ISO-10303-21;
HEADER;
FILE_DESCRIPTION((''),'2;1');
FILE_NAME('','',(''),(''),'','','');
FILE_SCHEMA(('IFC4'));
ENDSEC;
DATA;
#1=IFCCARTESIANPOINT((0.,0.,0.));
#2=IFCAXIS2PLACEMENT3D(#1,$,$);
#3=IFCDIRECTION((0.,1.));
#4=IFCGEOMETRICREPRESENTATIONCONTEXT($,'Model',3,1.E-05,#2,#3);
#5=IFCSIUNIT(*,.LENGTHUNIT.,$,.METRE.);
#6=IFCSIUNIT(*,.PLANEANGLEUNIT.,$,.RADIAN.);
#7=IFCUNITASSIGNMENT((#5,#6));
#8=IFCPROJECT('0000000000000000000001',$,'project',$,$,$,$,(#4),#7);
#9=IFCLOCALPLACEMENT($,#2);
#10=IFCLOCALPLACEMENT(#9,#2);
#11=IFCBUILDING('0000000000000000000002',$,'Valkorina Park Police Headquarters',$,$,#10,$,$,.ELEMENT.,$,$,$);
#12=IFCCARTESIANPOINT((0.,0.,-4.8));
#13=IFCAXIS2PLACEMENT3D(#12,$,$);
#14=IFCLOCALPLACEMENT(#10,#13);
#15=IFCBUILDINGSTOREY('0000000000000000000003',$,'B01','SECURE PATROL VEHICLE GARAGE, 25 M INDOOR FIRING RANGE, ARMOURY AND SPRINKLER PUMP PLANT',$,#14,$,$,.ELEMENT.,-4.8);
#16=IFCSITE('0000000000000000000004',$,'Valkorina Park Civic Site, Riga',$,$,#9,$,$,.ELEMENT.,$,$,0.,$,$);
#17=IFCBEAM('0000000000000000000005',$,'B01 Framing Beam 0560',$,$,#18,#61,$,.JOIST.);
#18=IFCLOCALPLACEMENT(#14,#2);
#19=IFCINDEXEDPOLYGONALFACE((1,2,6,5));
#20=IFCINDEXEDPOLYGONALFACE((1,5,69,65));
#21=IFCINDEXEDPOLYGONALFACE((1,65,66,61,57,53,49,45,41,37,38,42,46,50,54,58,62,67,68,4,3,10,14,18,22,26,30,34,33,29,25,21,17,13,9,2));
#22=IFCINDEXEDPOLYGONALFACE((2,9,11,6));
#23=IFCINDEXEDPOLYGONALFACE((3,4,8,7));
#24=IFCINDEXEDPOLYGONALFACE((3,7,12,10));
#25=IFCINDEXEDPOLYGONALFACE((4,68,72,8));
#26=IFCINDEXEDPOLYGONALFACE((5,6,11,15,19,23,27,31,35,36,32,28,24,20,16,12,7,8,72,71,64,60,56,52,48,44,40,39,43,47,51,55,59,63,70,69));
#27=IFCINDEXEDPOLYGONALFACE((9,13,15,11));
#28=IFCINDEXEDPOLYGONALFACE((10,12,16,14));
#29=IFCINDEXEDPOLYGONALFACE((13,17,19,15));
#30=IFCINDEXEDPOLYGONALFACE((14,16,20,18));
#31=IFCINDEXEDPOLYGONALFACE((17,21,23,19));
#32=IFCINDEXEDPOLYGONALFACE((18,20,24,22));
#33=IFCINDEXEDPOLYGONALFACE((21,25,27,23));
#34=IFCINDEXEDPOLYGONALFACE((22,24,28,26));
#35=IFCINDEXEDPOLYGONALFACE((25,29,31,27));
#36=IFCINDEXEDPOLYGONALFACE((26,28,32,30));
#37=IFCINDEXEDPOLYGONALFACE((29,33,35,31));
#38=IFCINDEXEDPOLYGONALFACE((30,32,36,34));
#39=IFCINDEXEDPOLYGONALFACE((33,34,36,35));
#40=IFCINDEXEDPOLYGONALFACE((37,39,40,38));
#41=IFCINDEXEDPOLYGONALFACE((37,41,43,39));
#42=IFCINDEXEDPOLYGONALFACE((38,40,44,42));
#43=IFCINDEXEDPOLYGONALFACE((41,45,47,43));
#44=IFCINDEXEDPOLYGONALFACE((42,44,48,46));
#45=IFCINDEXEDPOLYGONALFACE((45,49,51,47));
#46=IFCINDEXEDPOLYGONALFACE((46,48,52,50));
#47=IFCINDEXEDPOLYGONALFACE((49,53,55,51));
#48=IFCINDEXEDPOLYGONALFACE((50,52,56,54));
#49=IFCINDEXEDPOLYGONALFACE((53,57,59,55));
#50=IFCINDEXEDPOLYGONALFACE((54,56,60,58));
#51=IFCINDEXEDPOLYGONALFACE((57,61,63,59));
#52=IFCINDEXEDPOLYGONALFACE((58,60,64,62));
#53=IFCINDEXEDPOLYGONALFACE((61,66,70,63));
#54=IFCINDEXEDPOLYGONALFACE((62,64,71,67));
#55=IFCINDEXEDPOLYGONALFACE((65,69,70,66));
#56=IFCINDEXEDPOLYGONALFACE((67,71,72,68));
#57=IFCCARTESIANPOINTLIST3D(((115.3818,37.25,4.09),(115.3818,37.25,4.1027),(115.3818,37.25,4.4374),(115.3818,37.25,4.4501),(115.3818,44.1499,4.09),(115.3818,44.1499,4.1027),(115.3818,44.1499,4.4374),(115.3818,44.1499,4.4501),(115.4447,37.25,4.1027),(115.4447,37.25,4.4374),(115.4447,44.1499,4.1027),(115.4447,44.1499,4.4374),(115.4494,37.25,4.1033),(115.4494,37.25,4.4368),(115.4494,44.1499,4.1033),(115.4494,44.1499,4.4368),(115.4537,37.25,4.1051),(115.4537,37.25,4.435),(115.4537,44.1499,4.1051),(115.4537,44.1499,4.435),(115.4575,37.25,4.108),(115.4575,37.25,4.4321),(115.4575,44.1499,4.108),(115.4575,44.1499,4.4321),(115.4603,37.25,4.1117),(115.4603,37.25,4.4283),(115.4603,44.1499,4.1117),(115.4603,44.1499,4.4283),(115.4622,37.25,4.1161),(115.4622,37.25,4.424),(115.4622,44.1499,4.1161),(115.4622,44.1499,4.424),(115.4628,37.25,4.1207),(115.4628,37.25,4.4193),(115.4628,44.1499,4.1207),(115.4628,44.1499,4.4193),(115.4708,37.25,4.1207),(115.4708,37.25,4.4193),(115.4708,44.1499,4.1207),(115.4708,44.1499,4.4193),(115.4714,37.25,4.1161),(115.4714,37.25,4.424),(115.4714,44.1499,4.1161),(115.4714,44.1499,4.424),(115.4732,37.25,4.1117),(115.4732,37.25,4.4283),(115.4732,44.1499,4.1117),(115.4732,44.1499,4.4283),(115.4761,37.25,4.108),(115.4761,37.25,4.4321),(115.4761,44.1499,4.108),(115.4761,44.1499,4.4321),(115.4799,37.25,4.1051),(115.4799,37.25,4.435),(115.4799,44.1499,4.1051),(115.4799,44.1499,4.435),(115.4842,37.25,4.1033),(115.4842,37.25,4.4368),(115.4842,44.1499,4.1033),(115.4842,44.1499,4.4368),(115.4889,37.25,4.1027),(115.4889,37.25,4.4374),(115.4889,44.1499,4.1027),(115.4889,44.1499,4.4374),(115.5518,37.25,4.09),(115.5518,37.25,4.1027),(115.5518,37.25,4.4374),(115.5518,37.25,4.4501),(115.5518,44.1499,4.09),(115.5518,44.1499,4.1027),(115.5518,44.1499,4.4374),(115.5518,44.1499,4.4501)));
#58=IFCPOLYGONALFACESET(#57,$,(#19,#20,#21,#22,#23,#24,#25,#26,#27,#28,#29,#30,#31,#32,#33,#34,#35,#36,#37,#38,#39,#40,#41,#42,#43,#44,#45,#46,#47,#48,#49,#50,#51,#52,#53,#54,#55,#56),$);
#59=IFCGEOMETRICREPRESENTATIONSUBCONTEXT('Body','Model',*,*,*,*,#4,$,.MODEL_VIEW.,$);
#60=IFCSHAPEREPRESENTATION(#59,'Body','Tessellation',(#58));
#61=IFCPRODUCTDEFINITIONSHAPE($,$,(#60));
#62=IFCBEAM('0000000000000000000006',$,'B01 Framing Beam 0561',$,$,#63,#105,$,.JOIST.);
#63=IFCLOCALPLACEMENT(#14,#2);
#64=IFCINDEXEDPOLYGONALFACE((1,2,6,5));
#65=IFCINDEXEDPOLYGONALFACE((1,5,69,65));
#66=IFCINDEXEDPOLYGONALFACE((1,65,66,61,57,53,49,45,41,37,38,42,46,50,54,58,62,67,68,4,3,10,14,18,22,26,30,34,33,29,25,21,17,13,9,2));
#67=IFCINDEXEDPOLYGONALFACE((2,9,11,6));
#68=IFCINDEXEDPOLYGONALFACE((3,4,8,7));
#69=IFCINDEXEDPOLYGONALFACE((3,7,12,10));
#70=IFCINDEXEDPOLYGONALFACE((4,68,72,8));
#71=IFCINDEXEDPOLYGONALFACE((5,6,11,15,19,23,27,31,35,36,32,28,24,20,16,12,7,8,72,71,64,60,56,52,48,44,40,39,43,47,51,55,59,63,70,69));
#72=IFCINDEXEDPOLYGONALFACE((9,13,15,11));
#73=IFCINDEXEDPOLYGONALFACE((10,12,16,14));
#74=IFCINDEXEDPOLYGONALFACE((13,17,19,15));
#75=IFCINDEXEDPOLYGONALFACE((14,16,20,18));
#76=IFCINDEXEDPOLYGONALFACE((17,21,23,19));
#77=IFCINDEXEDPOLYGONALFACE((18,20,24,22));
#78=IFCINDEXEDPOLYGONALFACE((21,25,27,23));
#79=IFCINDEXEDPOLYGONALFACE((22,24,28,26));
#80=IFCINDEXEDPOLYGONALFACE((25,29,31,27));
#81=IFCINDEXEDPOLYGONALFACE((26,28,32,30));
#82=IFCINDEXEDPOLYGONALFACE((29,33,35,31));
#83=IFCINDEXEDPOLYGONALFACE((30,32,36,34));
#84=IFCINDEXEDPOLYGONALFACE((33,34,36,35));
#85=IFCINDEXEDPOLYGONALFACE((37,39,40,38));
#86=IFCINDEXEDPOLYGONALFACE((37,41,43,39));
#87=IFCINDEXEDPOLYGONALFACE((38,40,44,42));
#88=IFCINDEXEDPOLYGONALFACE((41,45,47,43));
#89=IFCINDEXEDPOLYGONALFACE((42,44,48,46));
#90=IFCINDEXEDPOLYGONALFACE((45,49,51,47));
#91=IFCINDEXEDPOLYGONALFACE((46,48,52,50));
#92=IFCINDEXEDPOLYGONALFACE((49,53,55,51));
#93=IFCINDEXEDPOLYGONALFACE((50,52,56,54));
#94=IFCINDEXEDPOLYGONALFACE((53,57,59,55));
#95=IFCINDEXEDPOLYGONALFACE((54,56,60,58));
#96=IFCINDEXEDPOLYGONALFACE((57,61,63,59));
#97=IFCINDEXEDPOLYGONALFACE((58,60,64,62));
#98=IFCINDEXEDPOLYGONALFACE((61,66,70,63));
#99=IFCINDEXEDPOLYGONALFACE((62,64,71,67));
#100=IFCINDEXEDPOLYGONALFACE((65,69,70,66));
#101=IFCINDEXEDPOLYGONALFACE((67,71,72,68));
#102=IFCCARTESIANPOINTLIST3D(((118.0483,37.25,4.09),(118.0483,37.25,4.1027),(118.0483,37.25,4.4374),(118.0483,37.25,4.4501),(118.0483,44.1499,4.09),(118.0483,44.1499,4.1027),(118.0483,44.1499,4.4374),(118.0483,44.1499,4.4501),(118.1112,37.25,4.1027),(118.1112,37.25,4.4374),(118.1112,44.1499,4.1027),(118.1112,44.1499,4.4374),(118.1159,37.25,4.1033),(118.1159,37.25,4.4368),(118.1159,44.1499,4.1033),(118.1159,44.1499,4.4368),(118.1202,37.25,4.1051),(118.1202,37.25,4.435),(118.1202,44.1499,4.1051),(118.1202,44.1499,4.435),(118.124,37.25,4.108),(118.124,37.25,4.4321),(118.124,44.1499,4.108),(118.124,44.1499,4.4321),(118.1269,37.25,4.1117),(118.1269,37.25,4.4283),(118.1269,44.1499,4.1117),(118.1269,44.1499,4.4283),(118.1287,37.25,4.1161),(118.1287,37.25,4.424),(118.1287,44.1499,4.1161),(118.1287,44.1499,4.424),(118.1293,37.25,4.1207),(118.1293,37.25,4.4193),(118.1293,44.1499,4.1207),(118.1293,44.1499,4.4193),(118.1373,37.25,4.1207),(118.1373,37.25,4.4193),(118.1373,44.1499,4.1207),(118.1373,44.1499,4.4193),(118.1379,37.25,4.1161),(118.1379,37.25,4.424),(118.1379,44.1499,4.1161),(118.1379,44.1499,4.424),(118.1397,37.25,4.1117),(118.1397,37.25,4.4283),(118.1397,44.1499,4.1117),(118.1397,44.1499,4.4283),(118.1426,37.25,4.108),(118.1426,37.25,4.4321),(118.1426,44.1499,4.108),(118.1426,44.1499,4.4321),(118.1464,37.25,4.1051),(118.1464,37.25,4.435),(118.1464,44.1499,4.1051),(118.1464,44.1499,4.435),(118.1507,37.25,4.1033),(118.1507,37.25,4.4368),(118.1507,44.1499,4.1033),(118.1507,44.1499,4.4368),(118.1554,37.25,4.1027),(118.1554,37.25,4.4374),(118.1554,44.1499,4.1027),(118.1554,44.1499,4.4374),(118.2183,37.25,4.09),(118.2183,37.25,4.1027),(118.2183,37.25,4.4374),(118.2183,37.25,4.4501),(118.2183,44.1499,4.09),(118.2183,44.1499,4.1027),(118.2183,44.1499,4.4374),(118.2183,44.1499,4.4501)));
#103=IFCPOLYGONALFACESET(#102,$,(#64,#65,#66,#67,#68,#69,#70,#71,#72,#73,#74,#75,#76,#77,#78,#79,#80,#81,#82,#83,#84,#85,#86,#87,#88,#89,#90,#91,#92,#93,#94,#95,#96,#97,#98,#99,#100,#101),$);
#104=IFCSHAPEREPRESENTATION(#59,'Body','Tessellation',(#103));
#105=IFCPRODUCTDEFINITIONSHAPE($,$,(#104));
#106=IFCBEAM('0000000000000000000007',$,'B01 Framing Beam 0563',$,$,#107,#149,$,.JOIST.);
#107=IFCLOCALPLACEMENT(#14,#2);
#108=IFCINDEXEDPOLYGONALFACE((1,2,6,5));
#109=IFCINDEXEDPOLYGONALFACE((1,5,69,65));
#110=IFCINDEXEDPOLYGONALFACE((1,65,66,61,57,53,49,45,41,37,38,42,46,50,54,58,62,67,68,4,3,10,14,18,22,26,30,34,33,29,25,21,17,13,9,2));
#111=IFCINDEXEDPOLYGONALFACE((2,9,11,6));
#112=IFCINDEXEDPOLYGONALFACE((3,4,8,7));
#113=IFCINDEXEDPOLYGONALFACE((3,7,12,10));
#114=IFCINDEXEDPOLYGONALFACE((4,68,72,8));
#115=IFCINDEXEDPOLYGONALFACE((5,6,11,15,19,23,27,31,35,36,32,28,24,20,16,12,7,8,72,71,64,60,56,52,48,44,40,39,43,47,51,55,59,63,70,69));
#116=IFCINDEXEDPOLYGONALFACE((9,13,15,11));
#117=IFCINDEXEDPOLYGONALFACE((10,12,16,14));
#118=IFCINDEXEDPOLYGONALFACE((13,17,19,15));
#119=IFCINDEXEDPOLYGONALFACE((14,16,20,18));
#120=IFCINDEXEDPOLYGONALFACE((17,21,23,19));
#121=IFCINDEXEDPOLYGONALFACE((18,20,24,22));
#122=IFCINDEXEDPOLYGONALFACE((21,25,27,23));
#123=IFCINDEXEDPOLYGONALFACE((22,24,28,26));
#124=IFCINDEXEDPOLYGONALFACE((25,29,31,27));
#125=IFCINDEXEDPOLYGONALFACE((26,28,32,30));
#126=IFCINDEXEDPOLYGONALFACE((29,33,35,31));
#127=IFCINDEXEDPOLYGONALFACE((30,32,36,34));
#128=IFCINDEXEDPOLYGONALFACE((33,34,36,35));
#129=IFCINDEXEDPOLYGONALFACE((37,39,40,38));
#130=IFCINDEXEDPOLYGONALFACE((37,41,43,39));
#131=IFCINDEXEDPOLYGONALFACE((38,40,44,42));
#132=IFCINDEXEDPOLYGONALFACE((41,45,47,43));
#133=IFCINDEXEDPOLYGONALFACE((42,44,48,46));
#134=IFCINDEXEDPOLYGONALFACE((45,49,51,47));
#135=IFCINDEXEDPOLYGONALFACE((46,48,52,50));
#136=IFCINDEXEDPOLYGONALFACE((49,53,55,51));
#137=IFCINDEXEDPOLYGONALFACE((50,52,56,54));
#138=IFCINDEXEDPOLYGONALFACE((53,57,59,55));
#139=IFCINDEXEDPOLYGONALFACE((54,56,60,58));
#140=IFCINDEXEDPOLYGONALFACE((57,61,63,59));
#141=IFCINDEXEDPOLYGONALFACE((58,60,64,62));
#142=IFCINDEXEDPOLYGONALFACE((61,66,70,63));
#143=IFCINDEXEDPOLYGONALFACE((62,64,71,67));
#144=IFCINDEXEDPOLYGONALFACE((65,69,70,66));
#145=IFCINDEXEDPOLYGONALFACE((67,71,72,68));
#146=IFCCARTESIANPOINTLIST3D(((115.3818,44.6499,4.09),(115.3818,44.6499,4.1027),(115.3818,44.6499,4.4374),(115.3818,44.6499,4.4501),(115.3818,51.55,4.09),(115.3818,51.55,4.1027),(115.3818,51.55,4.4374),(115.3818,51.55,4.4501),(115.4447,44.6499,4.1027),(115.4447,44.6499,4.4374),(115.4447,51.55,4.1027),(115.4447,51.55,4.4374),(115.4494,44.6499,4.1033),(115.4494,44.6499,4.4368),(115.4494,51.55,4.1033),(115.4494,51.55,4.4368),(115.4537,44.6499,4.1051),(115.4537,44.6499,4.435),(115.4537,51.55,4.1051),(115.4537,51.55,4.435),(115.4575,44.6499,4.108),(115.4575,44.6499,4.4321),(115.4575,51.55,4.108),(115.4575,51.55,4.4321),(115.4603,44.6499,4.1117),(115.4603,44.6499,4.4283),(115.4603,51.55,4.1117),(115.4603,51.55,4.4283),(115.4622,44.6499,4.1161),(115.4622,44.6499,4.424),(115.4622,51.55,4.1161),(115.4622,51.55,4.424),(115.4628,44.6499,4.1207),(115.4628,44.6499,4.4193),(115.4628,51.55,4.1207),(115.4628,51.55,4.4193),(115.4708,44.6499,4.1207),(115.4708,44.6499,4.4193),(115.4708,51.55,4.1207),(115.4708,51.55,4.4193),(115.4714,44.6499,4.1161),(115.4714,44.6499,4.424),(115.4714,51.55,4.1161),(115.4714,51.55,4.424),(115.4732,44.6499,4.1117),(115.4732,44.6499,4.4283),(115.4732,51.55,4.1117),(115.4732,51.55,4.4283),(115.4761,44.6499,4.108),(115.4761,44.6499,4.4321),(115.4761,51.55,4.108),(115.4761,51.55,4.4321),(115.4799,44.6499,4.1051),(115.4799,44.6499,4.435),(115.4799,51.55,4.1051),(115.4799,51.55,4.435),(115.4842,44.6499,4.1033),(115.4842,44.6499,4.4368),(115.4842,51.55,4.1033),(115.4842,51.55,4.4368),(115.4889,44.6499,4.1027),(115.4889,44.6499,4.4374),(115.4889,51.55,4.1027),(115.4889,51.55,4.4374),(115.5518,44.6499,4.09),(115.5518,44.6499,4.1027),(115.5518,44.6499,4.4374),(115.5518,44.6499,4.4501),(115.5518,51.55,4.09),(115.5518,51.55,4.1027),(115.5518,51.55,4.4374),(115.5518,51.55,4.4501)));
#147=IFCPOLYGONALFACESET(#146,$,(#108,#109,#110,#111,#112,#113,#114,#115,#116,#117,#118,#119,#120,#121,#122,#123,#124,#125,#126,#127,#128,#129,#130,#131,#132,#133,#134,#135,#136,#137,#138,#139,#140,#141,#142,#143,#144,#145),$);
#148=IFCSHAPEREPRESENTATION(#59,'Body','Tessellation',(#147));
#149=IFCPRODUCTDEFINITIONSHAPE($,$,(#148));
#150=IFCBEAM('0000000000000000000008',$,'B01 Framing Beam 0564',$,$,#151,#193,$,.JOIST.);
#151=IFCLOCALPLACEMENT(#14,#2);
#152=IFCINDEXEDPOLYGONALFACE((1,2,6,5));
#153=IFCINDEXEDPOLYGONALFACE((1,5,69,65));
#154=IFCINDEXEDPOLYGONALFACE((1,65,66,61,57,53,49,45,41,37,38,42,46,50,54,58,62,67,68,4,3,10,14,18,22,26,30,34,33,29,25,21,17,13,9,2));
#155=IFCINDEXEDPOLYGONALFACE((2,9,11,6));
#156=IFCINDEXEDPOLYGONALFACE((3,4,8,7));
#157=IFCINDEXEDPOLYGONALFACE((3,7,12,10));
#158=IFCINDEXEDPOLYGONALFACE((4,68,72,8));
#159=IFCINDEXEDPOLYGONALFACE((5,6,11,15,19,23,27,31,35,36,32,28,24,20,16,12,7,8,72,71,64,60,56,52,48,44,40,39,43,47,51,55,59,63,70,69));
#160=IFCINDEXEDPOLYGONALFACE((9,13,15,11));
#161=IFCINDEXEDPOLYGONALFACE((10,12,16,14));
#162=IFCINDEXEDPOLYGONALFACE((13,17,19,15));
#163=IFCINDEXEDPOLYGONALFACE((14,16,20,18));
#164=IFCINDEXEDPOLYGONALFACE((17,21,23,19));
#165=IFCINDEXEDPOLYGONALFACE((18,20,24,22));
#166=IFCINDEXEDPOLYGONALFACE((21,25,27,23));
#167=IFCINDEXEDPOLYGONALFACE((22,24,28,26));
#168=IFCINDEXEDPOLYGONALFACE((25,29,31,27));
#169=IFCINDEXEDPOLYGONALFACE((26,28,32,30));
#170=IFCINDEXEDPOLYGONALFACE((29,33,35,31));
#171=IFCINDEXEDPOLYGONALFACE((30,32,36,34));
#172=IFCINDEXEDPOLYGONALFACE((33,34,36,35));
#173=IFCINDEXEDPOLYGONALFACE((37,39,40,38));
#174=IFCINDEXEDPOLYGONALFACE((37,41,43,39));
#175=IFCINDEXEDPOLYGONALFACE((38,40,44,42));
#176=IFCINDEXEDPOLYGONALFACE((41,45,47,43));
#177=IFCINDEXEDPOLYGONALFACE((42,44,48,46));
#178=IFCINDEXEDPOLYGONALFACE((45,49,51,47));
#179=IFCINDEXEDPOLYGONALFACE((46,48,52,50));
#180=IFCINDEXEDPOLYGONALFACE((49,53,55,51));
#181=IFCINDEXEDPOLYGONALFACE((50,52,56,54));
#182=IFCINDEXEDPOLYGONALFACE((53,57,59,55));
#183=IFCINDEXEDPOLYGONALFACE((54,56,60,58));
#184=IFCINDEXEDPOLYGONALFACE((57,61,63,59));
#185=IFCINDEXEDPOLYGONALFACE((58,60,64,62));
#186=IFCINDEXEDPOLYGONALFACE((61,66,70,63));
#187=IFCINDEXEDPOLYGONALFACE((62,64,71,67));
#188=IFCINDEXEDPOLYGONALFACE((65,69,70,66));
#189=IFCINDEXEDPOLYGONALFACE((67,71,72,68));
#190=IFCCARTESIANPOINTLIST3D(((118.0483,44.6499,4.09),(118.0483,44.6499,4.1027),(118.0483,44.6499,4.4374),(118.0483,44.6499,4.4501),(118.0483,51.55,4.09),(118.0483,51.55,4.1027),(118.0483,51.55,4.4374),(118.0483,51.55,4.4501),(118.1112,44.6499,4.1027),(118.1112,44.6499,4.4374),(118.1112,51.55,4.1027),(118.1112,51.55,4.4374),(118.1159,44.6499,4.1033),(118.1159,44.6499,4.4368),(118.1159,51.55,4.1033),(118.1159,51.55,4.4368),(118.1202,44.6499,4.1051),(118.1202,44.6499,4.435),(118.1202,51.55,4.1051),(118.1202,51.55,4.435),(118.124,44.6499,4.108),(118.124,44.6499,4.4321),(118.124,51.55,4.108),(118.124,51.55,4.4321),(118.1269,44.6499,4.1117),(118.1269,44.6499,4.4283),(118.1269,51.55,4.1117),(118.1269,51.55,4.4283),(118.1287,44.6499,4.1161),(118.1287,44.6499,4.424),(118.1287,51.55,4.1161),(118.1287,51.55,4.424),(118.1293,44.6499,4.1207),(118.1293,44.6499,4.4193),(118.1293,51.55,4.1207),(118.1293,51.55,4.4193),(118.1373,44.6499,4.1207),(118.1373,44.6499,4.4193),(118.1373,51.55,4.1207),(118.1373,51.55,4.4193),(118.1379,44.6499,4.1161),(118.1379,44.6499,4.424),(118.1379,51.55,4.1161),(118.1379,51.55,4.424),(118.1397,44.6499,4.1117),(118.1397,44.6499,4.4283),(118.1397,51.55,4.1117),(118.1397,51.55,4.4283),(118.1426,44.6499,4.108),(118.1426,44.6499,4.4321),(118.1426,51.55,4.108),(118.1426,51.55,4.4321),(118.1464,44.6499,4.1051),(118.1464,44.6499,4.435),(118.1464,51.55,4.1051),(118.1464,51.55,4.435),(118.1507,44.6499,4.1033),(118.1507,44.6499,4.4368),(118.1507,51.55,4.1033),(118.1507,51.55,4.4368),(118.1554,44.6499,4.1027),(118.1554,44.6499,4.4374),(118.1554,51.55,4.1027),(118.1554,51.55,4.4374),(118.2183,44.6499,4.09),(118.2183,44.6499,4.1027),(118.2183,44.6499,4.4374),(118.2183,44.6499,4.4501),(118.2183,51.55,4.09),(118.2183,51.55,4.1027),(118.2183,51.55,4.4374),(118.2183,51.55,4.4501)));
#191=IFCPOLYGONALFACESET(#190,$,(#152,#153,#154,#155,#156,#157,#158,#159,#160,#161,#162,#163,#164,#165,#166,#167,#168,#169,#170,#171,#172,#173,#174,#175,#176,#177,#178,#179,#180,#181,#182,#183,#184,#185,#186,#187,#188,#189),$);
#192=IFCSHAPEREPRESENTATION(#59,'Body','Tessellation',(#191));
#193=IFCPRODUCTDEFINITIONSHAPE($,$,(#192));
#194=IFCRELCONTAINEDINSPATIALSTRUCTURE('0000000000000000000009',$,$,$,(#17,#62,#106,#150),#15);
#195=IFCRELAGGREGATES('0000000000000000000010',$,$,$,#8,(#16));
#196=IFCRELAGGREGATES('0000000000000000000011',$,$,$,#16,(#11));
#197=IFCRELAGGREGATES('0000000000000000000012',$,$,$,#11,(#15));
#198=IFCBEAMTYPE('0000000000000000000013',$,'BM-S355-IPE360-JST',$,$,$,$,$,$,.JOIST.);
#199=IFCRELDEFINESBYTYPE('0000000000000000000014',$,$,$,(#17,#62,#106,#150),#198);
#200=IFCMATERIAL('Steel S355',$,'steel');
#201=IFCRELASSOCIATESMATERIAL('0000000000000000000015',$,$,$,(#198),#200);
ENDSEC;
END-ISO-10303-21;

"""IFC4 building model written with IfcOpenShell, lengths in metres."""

from ifc_helpers import new_model, si_unit, direction, frame, origin, origin_2d, place, context, subcontext, project, spatial, i_section, extrude, material, material_profile, profile_set, type_object, element, save


model = new_model("IFC4")

# Units and contexts
model_context = context("Model", 3, precision=1e-05, world=origin(), true_north=direction((0.0, 1.0)))
body_context = subcontext(model_context, "Body", "Model", "MODEL_VIEW")
ifc_project = project(units=[si_unit("LENGTHUNIT", "METRE"), si_unit("PLANEANGLEUNIT", "RADIAN")], contexts=[model_context])

# Site, building, storey
site_placement = place(None, origin())
site = spatial("IfcSite", under=ifc_project, at=site_placement, Name="Valkorina Park Civic Site, Riga", CompositionType="ELEMENT", RefElevation=0.0)
building_placement = place(site_placement, origin())
building = spatial("IfcBuilding", under=site, at=building_placement, Name="Valkorina Park Police Headquarters", CompositionType="ELEMENT")
storey_placement = place(building_placement, frame((0.0, 0.0, -4.8)))
storey = spatial("IfcBuildingStorey", under=building, at=storey_placement, Name="B01", Description="SECURE PATROL VEHICLE GARAGE, 25 M INDOOR FIRING RANGE, ARMOURY AND SPRINKLER PUMP PLANT", CompositionType="ELEMENT", Elevation=-4.8)

# Beams
ifc_material_1 = material(Name="Steel S355", Category="steel")
ifc_material_profile_1 = material_profile(ifc_material_1, i_section(OverallWidth=0.1699, OverallDepth=0.3601, WebThickness=0.0081, FlangeThickness=0.0127, FilletRadius=0.0181, at=origin_2d()), Name="IPE 360")
ifc_profile_set_1 = profile_set([ifc_material_profile_1], Name="Steel S355")
beam_type_1 = type_object("IfcBeamType", Name="BM-S355-IPE360-JST", PredefinedType="JOIST", material=ifc_profile_set_1)
for number, where, z_axis, x_axis, name in (
    (1, (115.4668, 37.25, 4.27), (0.0, 1.0, 0.0), (-1.0, 0.0, 0.0), "B01 Framing Beam 0560"),
    (2, (118.1333, 37.25, 4.27), (0.0, 1.0, 0.0), (-1.0, 0.0, 0.0), "B01 Framing Beam 0561"),
):
    element("IfcBeam", number, at=place(storey_placement, frame(where, z_axis=z_axis, x_axis=x_axis)), inside=storey, type_object=beam_type_1, Name=name, PredefinedType="JOIST", context=body_context, shape_type="SweptSolid", body=[
        extrude(i_section(OverallWidth=0.1699, OverallDepth=0.3601, WebThickness=0.0081, FlangeThickness=0.0127, FilletRadius=0.0181, at=origin_2d()), origin(), (0.0, 0.0, 1.0), 6.8999),
    ])
for number, where, z_axis, x_axis, name in (
    (3, (115.4668, 44.6499, 4.27), (0.0, 1.0, 0.0), (-1.0, 0.0, 0.0), "B01 Framing Beam 0563"),
    (4, (118.1333, 44.6499, 4.27), (0.0, 1.0, 0.0), (-1.0, 0.0, 0.0), "B01 Framing Beam 0564"),
):
    element("IfcBeam", number, at=place(storey_placement, frame(where, z_axis=z_axis, x_axis=x_axis)), inside=storey, type_object=beam_type_1, Name=name, PredefinedType="JOIST", context=body_context, shape_type="SweptSolid", body=[
        extrude(i_section(OverallWidth=0.1699, OverallDepth=0.3601, WebThickness=0.0081, FlangeThickness=0.0127, FilletRadius=0.0181, at=origin_2d()), origin(), (0.0, 0.0, 1.0), 6.9001),
    ])

save(model, "model.ifc")
